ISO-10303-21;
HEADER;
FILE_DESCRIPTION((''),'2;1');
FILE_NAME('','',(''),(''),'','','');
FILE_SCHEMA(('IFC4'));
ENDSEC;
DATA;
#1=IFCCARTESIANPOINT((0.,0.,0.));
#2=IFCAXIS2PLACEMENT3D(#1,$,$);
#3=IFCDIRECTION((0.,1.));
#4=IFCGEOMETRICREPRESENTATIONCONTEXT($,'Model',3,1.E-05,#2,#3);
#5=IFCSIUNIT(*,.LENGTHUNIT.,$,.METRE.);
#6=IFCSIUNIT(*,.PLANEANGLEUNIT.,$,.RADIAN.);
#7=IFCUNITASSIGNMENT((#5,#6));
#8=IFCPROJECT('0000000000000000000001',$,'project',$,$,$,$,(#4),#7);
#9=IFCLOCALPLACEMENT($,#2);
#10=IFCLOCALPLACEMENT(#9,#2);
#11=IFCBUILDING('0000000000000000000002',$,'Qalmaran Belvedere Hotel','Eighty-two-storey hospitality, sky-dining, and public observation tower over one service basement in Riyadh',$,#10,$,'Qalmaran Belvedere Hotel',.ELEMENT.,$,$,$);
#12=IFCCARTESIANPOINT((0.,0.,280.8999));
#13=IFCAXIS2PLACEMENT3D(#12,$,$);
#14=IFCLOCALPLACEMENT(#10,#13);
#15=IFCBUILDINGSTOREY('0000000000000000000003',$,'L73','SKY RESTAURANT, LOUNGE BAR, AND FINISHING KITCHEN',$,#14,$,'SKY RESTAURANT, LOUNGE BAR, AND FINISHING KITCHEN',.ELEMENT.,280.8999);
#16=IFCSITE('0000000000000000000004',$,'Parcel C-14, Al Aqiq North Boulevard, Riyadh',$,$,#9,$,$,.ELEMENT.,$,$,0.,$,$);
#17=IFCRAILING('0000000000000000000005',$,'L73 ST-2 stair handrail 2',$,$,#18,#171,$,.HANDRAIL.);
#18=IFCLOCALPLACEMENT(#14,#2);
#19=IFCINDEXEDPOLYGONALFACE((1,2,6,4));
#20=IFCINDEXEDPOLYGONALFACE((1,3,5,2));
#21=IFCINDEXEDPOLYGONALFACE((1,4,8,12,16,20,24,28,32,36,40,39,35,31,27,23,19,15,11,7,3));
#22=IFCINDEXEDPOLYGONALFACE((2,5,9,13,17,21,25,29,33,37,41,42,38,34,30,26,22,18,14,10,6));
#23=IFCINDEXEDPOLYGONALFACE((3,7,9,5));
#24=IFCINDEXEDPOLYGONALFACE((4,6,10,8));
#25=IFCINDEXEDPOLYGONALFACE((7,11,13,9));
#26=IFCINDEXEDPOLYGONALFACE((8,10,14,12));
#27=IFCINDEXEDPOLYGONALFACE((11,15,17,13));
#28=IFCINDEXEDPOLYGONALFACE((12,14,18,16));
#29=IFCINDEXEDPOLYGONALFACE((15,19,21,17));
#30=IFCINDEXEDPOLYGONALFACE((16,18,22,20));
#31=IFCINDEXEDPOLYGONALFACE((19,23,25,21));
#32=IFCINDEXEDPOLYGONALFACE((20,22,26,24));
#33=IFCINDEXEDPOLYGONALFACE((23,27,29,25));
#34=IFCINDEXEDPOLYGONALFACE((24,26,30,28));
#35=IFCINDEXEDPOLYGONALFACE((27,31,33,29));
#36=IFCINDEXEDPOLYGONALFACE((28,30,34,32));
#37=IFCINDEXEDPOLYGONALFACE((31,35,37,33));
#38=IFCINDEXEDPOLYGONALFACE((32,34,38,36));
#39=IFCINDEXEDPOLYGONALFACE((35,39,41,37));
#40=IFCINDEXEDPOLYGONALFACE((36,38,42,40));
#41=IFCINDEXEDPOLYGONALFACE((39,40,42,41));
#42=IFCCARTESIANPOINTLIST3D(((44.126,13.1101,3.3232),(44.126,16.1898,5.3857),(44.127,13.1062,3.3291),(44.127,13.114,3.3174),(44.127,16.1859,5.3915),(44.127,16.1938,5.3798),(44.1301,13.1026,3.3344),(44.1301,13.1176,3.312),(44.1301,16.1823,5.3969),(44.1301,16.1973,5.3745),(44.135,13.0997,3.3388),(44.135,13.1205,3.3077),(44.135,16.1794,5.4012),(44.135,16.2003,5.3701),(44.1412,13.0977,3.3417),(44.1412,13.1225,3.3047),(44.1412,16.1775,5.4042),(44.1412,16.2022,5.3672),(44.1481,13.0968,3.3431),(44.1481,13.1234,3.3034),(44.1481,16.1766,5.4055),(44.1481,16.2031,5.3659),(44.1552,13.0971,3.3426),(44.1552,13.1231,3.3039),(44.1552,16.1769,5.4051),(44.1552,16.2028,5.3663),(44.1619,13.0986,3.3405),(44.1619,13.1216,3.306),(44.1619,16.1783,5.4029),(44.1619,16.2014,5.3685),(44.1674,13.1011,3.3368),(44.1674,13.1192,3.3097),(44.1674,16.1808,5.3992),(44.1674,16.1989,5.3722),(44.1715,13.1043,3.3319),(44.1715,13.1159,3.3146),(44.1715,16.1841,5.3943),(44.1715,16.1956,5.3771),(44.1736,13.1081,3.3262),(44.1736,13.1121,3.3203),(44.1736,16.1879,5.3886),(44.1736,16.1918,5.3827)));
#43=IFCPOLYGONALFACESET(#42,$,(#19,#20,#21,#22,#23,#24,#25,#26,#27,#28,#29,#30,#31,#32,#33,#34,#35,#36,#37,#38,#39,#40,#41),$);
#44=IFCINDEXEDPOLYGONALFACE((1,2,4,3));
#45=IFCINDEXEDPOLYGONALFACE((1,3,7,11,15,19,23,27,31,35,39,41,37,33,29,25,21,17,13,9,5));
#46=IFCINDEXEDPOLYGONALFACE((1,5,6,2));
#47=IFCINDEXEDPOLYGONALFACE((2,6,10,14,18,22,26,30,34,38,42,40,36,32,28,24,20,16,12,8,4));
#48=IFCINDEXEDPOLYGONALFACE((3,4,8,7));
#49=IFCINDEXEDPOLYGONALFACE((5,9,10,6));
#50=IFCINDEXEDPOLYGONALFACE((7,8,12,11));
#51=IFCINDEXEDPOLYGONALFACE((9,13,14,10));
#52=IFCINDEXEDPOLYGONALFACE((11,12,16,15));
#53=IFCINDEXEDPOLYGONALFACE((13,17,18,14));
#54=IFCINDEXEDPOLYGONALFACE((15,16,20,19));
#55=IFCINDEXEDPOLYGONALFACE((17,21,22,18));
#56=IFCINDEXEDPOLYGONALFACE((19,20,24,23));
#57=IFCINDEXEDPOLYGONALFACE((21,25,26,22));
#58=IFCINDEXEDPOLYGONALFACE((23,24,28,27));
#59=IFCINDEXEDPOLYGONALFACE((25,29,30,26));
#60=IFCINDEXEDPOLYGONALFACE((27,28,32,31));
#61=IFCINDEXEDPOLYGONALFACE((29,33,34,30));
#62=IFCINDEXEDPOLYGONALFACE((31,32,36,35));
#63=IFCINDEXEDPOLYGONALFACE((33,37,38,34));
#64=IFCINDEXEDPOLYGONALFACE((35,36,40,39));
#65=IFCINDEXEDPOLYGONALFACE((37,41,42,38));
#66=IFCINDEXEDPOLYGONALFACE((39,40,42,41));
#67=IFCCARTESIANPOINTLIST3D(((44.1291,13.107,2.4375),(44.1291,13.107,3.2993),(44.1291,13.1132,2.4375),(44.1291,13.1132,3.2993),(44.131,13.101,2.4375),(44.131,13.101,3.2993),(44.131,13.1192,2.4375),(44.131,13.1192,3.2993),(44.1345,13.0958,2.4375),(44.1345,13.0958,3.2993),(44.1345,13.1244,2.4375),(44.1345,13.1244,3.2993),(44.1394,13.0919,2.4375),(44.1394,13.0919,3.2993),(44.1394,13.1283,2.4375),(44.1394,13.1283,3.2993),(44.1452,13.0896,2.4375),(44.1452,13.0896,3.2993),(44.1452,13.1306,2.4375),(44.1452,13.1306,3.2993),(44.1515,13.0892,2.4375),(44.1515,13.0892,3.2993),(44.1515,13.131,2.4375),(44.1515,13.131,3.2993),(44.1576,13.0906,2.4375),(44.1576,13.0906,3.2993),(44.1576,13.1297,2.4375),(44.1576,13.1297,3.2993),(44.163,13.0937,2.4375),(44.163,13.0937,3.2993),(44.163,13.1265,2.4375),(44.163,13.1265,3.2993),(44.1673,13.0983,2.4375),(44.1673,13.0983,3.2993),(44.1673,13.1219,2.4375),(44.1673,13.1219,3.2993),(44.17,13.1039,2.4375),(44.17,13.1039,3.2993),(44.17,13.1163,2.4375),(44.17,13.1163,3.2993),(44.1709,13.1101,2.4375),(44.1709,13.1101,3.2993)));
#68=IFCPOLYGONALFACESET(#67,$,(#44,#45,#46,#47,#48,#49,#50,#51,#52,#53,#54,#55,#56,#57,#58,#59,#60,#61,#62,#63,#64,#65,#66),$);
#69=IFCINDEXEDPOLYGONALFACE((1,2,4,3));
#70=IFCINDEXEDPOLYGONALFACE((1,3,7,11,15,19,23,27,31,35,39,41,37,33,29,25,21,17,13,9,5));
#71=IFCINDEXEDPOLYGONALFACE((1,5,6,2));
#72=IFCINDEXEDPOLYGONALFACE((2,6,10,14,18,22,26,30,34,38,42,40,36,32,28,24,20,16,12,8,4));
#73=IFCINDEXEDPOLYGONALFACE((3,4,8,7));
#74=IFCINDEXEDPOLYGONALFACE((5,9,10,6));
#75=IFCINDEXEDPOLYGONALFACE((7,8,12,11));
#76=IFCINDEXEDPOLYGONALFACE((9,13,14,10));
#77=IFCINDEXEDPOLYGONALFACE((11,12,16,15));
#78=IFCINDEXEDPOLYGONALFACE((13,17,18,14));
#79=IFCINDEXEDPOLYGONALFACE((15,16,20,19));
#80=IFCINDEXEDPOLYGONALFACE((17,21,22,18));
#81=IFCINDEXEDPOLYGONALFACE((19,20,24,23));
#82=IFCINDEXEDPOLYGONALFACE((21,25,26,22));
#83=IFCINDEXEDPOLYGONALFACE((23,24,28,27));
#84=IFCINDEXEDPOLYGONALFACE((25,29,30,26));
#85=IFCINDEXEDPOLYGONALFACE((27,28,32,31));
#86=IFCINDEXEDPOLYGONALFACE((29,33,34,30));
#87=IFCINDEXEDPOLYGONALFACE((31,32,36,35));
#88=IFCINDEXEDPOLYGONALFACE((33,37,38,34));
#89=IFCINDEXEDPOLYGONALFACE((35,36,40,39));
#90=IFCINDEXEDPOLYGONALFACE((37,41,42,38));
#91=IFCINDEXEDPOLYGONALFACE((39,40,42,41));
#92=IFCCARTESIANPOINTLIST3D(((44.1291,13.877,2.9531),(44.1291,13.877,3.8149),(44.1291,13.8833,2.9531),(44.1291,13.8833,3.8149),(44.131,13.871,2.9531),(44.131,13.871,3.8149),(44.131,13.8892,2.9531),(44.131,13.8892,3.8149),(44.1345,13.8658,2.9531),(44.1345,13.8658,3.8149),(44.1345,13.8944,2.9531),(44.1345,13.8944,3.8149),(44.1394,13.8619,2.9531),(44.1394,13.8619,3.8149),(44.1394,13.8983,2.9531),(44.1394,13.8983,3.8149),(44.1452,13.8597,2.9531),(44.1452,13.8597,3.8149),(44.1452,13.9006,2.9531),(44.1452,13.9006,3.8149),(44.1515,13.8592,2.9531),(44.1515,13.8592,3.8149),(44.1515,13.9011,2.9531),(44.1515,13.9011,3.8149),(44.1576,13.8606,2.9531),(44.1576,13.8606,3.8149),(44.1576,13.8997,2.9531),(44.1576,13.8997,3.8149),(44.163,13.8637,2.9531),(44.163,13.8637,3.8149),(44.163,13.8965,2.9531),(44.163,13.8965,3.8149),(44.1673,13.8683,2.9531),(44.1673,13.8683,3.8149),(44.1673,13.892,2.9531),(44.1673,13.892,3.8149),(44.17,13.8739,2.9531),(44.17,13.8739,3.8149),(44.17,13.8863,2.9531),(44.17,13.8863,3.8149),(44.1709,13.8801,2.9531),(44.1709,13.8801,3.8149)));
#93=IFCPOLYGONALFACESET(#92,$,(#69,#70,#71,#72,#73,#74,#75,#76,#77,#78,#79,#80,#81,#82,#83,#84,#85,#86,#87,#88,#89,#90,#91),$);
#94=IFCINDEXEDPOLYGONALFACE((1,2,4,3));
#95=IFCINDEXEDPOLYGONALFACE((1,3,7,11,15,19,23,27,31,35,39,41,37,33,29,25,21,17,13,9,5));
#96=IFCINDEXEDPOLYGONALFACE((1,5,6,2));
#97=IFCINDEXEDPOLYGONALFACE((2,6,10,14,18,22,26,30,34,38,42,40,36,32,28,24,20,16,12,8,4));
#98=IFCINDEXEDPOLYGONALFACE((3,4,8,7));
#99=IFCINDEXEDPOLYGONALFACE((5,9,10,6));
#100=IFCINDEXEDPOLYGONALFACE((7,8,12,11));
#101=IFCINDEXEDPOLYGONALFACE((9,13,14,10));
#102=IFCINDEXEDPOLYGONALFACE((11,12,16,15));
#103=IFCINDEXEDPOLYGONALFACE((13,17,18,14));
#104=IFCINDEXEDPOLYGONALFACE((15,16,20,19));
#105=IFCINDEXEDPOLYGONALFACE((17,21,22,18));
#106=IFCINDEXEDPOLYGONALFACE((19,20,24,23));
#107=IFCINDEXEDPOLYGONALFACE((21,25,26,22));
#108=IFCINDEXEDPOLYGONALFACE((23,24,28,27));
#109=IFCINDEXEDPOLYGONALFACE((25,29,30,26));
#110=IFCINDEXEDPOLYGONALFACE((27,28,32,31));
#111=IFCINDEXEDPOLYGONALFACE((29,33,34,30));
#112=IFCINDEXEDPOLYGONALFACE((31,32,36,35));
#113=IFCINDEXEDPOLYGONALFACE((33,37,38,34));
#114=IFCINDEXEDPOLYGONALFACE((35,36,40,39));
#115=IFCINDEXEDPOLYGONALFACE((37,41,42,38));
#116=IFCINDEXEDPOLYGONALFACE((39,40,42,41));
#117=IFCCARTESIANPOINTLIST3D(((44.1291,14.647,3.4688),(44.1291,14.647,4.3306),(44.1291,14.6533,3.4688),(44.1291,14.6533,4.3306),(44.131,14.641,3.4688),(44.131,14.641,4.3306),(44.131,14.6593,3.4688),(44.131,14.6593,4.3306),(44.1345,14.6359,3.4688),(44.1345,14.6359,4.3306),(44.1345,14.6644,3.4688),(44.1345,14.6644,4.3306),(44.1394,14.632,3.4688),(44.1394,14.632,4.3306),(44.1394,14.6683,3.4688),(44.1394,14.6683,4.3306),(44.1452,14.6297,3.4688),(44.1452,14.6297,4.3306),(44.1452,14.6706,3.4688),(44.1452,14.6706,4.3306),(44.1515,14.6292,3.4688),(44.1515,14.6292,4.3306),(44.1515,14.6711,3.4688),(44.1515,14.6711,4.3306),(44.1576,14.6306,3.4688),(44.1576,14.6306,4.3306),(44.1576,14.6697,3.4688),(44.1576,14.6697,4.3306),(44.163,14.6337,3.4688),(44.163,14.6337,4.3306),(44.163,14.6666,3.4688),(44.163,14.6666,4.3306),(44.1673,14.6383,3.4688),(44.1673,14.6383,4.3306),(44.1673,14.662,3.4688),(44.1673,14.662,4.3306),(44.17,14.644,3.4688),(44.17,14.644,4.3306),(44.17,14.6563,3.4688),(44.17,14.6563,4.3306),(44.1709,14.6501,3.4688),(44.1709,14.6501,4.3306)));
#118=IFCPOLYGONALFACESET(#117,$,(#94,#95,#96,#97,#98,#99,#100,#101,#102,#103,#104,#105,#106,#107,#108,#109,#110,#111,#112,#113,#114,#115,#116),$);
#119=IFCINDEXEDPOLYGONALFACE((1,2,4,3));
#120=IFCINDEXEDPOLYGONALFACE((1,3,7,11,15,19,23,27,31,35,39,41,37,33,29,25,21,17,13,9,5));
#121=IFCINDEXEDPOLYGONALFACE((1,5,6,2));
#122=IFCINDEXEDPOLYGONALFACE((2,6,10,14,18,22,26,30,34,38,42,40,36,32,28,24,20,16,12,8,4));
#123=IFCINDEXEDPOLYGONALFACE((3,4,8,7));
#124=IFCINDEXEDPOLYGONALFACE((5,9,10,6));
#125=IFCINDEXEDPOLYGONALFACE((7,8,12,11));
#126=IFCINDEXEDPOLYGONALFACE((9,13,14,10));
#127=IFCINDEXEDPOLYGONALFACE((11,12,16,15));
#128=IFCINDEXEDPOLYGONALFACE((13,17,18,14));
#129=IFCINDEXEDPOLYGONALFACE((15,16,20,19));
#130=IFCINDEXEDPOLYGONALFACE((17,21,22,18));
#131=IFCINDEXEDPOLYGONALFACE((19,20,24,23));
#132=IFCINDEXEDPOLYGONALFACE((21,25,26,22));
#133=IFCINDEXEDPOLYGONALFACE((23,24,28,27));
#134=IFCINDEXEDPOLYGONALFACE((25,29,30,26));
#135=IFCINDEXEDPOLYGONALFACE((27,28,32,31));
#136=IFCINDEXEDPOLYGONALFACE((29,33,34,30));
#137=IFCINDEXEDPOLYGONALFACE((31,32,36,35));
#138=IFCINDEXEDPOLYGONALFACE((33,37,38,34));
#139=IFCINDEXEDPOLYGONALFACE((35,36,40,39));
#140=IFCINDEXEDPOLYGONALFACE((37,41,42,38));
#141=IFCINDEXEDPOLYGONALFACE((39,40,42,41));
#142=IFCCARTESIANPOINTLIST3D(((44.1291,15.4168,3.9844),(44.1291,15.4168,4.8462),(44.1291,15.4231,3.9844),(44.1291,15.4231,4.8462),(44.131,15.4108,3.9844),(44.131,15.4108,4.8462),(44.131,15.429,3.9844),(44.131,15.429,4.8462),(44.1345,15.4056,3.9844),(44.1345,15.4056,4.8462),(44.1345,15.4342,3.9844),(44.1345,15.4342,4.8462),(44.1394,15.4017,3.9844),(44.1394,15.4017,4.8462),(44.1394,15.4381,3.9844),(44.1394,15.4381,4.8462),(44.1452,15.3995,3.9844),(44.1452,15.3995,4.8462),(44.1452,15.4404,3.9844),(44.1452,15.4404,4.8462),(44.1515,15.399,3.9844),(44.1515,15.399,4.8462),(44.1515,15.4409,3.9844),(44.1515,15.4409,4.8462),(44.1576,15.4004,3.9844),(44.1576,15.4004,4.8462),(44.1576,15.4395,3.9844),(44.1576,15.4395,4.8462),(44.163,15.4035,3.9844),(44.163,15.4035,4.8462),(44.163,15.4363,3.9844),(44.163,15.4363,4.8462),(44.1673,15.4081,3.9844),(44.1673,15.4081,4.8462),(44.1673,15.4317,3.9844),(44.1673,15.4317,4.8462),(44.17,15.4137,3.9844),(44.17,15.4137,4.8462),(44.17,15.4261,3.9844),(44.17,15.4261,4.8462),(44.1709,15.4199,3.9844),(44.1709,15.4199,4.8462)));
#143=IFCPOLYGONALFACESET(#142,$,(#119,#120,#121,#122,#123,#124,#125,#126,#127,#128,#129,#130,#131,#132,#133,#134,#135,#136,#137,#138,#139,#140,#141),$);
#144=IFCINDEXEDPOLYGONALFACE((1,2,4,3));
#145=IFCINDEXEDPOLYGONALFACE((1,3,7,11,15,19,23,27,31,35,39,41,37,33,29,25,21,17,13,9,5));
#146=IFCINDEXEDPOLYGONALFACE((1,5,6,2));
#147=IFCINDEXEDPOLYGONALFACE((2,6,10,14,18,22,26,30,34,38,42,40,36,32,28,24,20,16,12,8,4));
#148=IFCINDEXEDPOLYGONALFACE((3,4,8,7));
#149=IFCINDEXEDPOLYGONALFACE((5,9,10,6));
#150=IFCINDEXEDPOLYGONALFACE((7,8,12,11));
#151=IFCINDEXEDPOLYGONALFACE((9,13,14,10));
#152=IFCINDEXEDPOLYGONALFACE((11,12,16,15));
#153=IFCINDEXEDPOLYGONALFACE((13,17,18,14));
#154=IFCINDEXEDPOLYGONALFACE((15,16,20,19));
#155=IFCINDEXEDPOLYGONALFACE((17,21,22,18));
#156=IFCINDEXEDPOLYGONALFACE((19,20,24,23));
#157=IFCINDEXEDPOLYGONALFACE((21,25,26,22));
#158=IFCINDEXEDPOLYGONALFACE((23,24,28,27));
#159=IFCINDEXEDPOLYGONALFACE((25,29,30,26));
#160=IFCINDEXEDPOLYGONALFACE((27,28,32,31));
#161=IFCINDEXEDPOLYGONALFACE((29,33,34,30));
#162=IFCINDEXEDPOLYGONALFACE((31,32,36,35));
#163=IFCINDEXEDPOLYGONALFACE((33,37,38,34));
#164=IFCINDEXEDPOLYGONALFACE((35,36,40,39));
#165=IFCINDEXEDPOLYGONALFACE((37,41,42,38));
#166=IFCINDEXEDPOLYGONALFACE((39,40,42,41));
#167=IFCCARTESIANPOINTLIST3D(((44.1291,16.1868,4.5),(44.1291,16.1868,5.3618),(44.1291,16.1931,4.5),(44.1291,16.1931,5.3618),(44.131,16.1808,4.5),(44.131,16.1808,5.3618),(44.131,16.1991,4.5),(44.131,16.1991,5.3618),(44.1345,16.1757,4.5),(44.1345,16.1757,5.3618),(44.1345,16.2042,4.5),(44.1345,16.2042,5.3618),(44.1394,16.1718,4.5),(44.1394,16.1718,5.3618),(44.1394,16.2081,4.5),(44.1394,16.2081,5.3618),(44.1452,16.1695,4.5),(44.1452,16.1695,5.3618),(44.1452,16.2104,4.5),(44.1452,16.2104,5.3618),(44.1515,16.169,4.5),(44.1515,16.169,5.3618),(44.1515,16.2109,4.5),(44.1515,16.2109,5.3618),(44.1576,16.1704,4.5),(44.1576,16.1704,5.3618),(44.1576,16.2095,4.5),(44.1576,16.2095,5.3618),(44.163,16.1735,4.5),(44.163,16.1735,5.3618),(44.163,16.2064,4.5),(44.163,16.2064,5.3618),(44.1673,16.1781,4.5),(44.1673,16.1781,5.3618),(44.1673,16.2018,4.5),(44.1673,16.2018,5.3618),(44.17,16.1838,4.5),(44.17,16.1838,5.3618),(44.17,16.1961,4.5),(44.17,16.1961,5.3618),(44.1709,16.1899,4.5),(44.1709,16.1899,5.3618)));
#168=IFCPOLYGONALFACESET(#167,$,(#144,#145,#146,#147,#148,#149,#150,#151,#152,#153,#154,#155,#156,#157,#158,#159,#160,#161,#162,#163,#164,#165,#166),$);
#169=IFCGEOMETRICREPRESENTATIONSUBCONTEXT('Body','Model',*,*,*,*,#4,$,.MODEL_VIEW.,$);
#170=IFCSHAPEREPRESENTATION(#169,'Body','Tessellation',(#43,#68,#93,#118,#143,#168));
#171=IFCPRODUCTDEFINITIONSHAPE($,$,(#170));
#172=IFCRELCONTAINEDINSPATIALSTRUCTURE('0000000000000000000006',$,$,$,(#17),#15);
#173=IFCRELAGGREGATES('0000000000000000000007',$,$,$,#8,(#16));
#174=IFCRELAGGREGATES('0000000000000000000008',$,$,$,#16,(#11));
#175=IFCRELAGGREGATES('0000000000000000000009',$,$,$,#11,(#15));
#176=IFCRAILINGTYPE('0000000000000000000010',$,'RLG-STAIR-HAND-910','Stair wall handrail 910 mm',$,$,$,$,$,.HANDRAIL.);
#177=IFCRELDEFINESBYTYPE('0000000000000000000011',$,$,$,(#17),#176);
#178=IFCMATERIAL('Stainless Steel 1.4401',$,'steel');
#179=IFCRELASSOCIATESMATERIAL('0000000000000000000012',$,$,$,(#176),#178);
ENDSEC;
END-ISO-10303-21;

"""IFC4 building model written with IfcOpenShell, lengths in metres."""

from ifc_helpers import new_model, si_unit, direction, frame, origin, origin_2d, place, context, subcontext, project, spatial, circle, extrude, material, type_object, element, save


model = new_model("IFC4")

# Units and contexts
model_context = context("Model", 3, precision=1e-05, world=origin(), true_north=direction((0.0, 1.0)))
body_context = subcontext(model_context, "Body", "Model", "MODEL_VIEW")
ifc_project = project(units=[si_unit("LENGTHUNIT", "METRE"), si_unit("PLANEANGLEUNIT", "RADIAN")], contexts=[model_context])

# Site, building, storey
site_placement = place(None, origin())
site = spatial("IfcSite", under=ifc_project, at=site_placement, Name="Parcel C-14, Al Aqiq North Boulevard, Riyadh", CompositionType="ELEMENT", RefElevation=0.0)
building_placement = place(site_placement, origin())
building = spatial("IfcBuilding", under=site, at=building_placement, Name="Qalmaran Belvedere Hotel", Description="Eighty-two-storey hospitality, sky-dining, and public observation tower over one service basement in Riyadh", LongName="Qalmaran Belvedere Hotel", CompositionType="ELEMENT")
storey_placement = place(building_placement, frame((0.0, 0.0, 280.8999)))
storey = spatial("IfcBuildingStorey", under=building, at=storey_placement, Name="L73", Description="SKY RESTAURANT, LOUNGE BAR, AND FINISHING KITCHEN", LongName="SKY RESTAURANT, LOUNGE BAR, AND FINISHING KITCHEN", CompositionType="ELEMENT", Elevation=280.8999)

# Railing
ifc_material_1 = material(Name="Stainless Steel 1.4401", Category="steel")
railing_type_1 = type_object("IfcRailingType", Name="RLG-STAIR-HAND-910", Description="Stair wall handrail 910 mm", PredefinedType="HANDRAIL", material=ifc_material_1)
railing_1_placement = place(storey_placement, frame((44.1499, 13.1101, 2.4375)))
element("IfcRailing", 1, at=railing_1_placement, inside=storey, type_object=railing_type_1, Name="L73 ST-2 stair handrail 2", PredefinedType="HANDRAIL", context=body_context, shape_type="SweptSolid", body=[
    extrude(circle(Radius=0.0239, at=origin_2d()), frame((0.0, 0.0, 0.8857), z_axis=(0.0, 0.830893, 0.556432), x_axis=(-1.0, 0.0, 0.0)), (0.0, 0.0, 1.0), 3.7065),
    extrude(circle(Radius=0.021, at=origin_2d()), origin(), (0.0, 0.0, 1.0), 0.8618),
    extrude(circle(Radius=0.021, at=origin_2d()), frame((0.0, 0.77, 0.5156)), (0.0, 0.0, 1.0), 0.8618),
    extrude(circle(Radius=0.021, at=origin_2d()), frame((0.0, 1.54, 1.0312)), (0.0, 0.0, 1.0), 0.8618),
    extrude(circle(Radius=0.021, at=origin_2d()), frame((0.0, 2.3098, 1.5469)), (0.0, 0.0, 1.0), 0.8618),
    extrude(circle(Radius=0.021, at=origin_2d()), frame((0.0, 3.0798, 2.0625)), (0.0, 0.0, 1.0), 0.8618),
])

save(model, "model.ifc")
